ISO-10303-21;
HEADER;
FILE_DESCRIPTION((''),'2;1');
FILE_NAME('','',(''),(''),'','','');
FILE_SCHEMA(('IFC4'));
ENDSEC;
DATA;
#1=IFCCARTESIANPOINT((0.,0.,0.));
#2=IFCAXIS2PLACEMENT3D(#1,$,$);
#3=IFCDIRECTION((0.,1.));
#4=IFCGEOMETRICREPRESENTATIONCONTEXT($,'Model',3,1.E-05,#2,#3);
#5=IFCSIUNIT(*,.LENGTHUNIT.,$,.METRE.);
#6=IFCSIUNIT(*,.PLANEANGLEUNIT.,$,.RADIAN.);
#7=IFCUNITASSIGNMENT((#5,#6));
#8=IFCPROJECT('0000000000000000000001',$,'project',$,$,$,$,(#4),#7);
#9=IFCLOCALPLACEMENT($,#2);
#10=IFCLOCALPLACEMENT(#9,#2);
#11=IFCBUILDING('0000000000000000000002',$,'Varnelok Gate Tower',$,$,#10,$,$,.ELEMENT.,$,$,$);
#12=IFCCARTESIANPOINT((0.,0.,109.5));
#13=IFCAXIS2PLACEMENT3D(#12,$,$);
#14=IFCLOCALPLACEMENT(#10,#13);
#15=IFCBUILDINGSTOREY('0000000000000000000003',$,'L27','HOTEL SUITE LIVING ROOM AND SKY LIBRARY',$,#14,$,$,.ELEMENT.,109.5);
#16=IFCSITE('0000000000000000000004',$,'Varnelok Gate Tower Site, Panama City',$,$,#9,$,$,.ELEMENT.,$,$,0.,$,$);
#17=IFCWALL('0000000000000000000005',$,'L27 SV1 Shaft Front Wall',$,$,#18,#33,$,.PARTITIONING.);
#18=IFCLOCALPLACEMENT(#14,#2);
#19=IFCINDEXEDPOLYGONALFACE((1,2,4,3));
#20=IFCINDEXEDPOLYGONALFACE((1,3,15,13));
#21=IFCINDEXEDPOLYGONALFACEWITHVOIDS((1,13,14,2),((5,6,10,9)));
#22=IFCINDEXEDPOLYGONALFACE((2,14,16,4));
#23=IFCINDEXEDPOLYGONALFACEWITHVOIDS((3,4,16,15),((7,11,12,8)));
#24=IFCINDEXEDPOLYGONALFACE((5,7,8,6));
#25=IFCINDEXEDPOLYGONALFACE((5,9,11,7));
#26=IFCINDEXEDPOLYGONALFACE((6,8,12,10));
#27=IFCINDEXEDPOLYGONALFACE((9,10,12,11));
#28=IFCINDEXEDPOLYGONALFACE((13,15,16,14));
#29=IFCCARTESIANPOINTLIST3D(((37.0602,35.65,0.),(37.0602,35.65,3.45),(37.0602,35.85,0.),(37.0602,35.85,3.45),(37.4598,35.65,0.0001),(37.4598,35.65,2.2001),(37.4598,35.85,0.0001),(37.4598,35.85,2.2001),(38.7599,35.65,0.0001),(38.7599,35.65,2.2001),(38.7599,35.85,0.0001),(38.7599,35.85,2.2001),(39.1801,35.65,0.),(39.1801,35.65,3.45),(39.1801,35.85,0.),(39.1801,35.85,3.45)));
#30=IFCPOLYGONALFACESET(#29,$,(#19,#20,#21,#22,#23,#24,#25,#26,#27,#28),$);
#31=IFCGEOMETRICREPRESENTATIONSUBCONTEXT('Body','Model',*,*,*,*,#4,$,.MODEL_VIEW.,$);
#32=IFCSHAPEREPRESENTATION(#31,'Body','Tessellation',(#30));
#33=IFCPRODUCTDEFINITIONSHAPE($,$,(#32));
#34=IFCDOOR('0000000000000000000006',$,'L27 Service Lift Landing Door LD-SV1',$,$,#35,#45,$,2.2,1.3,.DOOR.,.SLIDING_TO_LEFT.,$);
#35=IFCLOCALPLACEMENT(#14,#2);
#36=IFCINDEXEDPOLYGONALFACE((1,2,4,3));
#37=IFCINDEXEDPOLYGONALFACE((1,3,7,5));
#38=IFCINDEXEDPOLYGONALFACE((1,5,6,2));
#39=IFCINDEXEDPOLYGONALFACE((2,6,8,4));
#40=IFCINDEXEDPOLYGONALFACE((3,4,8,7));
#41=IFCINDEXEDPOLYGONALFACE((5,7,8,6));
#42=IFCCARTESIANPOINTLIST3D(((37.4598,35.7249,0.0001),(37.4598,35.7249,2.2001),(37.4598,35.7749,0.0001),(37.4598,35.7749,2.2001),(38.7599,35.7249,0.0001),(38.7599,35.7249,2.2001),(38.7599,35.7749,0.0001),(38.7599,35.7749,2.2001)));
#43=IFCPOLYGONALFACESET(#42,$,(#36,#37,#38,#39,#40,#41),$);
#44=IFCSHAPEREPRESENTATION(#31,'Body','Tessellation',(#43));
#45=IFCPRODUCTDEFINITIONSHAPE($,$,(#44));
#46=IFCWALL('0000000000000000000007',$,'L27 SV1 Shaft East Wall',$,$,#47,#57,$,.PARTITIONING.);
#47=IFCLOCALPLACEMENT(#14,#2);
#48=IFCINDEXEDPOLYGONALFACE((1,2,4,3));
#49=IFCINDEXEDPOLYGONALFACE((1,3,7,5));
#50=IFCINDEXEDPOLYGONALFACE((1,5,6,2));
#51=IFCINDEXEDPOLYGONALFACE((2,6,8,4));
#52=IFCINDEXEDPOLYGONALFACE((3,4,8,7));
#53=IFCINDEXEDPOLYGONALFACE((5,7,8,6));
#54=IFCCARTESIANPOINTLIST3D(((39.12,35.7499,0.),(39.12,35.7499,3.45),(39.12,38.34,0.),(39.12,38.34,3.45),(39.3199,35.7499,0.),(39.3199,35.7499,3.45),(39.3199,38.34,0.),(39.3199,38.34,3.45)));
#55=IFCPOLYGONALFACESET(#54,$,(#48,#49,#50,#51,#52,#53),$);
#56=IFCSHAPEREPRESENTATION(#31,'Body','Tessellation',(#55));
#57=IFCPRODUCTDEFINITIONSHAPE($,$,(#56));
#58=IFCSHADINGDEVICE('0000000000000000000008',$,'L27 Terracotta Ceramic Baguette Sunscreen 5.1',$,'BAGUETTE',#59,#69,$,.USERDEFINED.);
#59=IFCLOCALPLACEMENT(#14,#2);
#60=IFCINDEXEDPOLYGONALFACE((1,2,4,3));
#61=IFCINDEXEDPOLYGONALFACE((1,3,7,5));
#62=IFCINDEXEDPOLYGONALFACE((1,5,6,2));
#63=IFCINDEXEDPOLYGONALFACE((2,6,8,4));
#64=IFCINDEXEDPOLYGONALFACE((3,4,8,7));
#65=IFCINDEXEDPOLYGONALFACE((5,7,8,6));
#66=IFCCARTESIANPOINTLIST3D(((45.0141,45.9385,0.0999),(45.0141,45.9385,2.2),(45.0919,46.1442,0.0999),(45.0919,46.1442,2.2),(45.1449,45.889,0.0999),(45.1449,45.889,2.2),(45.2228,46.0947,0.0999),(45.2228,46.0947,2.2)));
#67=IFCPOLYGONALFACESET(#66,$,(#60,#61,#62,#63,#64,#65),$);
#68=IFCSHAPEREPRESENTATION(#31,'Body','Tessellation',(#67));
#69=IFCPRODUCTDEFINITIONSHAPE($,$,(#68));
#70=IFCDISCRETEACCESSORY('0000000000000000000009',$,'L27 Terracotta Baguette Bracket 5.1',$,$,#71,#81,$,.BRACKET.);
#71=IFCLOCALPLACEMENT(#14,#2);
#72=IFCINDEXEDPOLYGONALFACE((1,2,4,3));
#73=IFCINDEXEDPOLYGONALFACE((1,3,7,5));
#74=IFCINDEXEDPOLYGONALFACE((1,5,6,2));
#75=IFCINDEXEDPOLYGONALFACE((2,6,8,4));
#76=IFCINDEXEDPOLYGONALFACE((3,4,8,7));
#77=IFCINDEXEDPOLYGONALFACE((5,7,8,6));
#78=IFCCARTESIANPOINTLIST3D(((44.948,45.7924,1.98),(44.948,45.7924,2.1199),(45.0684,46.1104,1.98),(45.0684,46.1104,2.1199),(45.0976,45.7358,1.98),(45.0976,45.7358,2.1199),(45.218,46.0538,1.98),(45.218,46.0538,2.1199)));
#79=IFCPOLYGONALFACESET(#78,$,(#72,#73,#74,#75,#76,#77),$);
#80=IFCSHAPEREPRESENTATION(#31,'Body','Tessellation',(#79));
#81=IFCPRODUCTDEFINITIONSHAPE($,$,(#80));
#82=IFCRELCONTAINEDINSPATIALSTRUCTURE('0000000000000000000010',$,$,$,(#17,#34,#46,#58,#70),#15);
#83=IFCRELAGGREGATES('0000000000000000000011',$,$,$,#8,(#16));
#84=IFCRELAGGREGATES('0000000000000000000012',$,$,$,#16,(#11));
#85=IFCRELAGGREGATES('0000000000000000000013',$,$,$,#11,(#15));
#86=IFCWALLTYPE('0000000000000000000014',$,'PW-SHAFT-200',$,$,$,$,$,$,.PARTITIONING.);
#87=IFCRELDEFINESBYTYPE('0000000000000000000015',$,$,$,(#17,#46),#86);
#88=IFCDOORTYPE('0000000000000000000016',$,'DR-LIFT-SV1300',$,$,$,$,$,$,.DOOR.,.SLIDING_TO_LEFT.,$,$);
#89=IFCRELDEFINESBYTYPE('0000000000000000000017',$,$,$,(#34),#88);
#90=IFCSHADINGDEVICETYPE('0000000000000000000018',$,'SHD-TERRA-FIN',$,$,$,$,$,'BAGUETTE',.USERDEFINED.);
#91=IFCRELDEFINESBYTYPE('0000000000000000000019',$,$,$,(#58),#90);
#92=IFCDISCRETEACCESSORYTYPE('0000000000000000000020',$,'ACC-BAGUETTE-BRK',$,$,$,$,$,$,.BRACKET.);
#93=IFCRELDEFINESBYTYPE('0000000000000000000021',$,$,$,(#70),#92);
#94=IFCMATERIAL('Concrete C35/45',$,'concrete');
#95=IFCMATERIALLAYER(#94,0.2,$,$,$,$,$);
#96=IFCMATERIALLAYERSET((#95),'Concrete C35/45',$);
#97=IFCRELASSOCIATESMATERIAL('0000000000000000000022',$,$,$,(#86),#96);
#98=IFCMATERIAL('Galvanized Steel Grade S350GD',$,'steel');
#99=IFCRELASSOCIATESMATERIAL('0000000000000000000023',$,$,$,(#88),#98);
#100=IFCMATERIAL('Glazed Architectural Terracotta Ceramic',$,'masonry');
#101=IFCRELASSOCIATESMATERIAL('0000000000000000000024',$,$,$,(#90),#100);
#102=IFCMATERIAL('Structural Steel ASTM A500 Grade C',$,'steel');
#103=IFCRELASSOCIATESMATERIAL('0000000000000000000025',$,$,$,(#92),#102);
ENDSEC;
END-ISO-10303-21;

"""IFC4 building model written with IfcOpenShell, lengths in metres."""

from ifc_helpers import new_model, si_unit, direction, frame, frame_2d, origin, origin_2d, place, context, subcontext, project, spatial, rectangle, extrude, source, transform, mapped, material, layer, layer_set, type_object, element, fill, save


model = new_model("IFC4")

# Units and contexts
model_context = context("Model", 3, precision=1e-05, world=origin(), true_north=direction((0.0, 1.0)))
body_context = subcontext(model_context, "Body", "Model", "MODEL_VIEW")
ifc_project = project(units=[si_unit("LENGTHUNIT", "METRE"), si_unit("PLANEANGLEUNIT", "RADIAN")], contexts=[model_context])

# Site, building, storey
site_placement = place(None, origin())
site = spatial("IfcSite", under=ifc_project, at=site_placement, Name="Varnelok Gate Tower Site, Panama City", CompositionType="ELEMENT", RefElevation=0.0)
building_placement = place(site_placement, origin())
building = spatial("IfcBuilding", under=site, at=building_placement, Name="Varnelok Gate Tower", CompositionType="ELEMENT")
storey_placement = place(building_placement, frame((0.0, 0.0, 109.5)))
storey = spatial("IfcBuildingStorey", under=building, at=storey_placement, Name="L27", Description="HOTEL SUITE LIVING ROOM AND SKY LIBRARY", CompositionType="ELEMENT", Elevation=109.5)

# Shared definitions
ifc_material_1 = material(Name="Galvanized Steel Grade S350GD", Category="steel")

# Shared definitions
ifc_material_2 = material(Name="Concrete C35/45", Category="concrete")
ifc_layer_1 = layer(ifc_material_2, 0.2)
ifc_layer_set_1 = layer_set([ifc_layer_1], Name="Concrete C35/45")
wall_type_1 = type_object("IfcWallType", Name="PW-SHAFT-200", PredefinedType="PARTITIONING", material=ifc_layer_set_1)

# Wall, opening, door
wall_1_placement = place(storey_placement, frame((37.0601, 35.75, 0.0), z_axis=(0.0, 0.0, 1.0), x_axis=(1.0, 0.0, 0.0)))
wall_1 = element("IfcWall", 1, at=wall_1_placement, inside=storey, type_object=wall_type_1, Name="L27 SV1 Shaft Front Wall", PredefinedType="PARTITIONING", context=body_context, shape_type="SweptSolid", body=[
    extrude(rectangle(XDim=2.1199, YDim=0.2, at=frame_2d((1.0601, 0.0))), origin(), (0.0, 0.0, 1.0), 3.45),
])
opening_1_placement = place(wall_1_placement, frame((0.3999, 0.0, 0.0)))
opening_1 = element("IfcOpeningElement", 2, at=opening_1_placement, cuts=wall_1, PredefinedType="OPENING", context=body_context, shape_type="SweptSolid", body=[
    extrude(rectangle(XDim=1.3, YDim=2.2, at=frame_2d((0.6499, 1.1001))), frame((0.0, 0.1099, 0.0), z_axis=(0.0, -1.0, 0.0), x_axis=(1.0, 0.0, 0.0)), (0.0, 0.0, 1.0), 0.22),
])
door_type_1 = type_object("IfcDoorType", Name="DR-LIFT-SV1300", OperationType="SLIDING_TO_LEFT", PredefinedType="DOOR", material=ifc_material_1)
door_1_placement = place(opening_1_placement, origin())
door_1 = element("IfcDoor", 3, at=door_1_placement, inside=storey, type_object=door_type_1, Name="L27 Service Lift Landing Door LD-SV1", OperationType="SLIDING_TO_LEFT", OverallHeight=2.2, OverallWidth=1.3, PredefinedType="DOOR", context=body_context, shape_type="SweptSolid", body=[
    extrude(rectangle(XDim=1.3, YDim=2.2, at=frame_2d((0.6499, 1.1001))), frame((0.0, 0.0249, 0.0), z_axis=(0.0, -1.0, 0.0), x_axis=(1.0, 0.0, 0.0)), (0.0, 0.0, 1.0), 0.05),
])
fill(opening_1, door_1)

# Wall
wall_2_placement = place(storey_placement, frame((39.22, 35.75, 0.0), z_axis=(0.0, 0.0, 1.0), x_axis=(0.0, 1.0, 0.0)))
element("IfcWall", 4, at=wall_2_placement, inside=storey, type_object=wall_type_1, Name="L27 SV1 Shaft East Wall", PredefinedType="PARTITIONING", context=body_context, shape_type="SweptSolid", body=[
    extrude(rectangle(XDim=2.5901, YDim=0.2, at=frame_2d((1.2949, 0.0))), origin(), (0.0, 0.0, 1.0), 3.45),
])

# Shading device
ifc_material_3 = material(Name="Glazed Architectural Terracotta Ceramic", Category="masonry")
shading_device_type = type_object("IfcShadingDeviceType", Name="SHD-TERRA-FIN", ElementType="BAGUETTE", PredefinedType="USERDEFINED", material=ifc_material_3)
shared_shape_1 = source(origin(), body_context, "Body", "SweptSolid", [
    extrude(rectangle(XDim=0.1399, YDim=0.22, at=origin_2d()), origin(), (0.0, 0.0, 1.0), 2.1001),
])
shading_device_placement = place(storey_placement, frame((45.1184, 46.0166, 0.0999), z_axis=(0.0, 0.0, 1.0), x_axis=(0.935222, -0.354063, 0.0)))
element("IfcShadingDevice", 5, at=shading_device_placement, inside=storey, type_object=shading_device_type, Name="L27 Terracotta Ceramic Baguette Sunscreen 5.1", ObjectType="BAGUETTE", PredefinedType="USERDEFINED", context=body_context, shape_type="MappedRepresentation", body=[
    mapped(shared_shape_1, transform((0.0, 0.0, 0.0), scale=1.0)),
])

# Discrete accessory
ifc_material_4 = material(Name="Structural Steel ASTM A500 Grade C", Category="steel")
discrete_accessory_type = type_object("IfcDiscreteAccessoryType", Name="ACC-BAGUETTE-BRK", PredefinedType="BRACKET", material=ifc_material_4)
shared_shape_2 = source(origin(), body_context, "Body", "SweptSolid", [
    extrude(rectangle(XDim=0.1599, YDim=0.3401, at=origin_2d()), origin(), (0.0, 0.0, 1.0), 0.1399),
])
discrete_accessory_placement = place(storey_placement, frame((45.083, 45.9231, 1.98), z_axis=(0.0, 0.0, 1.0), x_axis=(0.935222, -0.354063, 0.0)))
element("IfcDiscreteAccessory", 6, at=discrete_accessory_placement, inside=storey, type_object=discrete_accessory_type, Name="L27 Terracotta Baguette Bracket 5.1", PredefinedType="BRACKET", context=body_context, shape_type="MappedRepresentation", body=[
    mapped(shared_shape_2, transform((0.0, 0.0, 0.0), scale=1.0)),
])

save(model, "model.ifc")
